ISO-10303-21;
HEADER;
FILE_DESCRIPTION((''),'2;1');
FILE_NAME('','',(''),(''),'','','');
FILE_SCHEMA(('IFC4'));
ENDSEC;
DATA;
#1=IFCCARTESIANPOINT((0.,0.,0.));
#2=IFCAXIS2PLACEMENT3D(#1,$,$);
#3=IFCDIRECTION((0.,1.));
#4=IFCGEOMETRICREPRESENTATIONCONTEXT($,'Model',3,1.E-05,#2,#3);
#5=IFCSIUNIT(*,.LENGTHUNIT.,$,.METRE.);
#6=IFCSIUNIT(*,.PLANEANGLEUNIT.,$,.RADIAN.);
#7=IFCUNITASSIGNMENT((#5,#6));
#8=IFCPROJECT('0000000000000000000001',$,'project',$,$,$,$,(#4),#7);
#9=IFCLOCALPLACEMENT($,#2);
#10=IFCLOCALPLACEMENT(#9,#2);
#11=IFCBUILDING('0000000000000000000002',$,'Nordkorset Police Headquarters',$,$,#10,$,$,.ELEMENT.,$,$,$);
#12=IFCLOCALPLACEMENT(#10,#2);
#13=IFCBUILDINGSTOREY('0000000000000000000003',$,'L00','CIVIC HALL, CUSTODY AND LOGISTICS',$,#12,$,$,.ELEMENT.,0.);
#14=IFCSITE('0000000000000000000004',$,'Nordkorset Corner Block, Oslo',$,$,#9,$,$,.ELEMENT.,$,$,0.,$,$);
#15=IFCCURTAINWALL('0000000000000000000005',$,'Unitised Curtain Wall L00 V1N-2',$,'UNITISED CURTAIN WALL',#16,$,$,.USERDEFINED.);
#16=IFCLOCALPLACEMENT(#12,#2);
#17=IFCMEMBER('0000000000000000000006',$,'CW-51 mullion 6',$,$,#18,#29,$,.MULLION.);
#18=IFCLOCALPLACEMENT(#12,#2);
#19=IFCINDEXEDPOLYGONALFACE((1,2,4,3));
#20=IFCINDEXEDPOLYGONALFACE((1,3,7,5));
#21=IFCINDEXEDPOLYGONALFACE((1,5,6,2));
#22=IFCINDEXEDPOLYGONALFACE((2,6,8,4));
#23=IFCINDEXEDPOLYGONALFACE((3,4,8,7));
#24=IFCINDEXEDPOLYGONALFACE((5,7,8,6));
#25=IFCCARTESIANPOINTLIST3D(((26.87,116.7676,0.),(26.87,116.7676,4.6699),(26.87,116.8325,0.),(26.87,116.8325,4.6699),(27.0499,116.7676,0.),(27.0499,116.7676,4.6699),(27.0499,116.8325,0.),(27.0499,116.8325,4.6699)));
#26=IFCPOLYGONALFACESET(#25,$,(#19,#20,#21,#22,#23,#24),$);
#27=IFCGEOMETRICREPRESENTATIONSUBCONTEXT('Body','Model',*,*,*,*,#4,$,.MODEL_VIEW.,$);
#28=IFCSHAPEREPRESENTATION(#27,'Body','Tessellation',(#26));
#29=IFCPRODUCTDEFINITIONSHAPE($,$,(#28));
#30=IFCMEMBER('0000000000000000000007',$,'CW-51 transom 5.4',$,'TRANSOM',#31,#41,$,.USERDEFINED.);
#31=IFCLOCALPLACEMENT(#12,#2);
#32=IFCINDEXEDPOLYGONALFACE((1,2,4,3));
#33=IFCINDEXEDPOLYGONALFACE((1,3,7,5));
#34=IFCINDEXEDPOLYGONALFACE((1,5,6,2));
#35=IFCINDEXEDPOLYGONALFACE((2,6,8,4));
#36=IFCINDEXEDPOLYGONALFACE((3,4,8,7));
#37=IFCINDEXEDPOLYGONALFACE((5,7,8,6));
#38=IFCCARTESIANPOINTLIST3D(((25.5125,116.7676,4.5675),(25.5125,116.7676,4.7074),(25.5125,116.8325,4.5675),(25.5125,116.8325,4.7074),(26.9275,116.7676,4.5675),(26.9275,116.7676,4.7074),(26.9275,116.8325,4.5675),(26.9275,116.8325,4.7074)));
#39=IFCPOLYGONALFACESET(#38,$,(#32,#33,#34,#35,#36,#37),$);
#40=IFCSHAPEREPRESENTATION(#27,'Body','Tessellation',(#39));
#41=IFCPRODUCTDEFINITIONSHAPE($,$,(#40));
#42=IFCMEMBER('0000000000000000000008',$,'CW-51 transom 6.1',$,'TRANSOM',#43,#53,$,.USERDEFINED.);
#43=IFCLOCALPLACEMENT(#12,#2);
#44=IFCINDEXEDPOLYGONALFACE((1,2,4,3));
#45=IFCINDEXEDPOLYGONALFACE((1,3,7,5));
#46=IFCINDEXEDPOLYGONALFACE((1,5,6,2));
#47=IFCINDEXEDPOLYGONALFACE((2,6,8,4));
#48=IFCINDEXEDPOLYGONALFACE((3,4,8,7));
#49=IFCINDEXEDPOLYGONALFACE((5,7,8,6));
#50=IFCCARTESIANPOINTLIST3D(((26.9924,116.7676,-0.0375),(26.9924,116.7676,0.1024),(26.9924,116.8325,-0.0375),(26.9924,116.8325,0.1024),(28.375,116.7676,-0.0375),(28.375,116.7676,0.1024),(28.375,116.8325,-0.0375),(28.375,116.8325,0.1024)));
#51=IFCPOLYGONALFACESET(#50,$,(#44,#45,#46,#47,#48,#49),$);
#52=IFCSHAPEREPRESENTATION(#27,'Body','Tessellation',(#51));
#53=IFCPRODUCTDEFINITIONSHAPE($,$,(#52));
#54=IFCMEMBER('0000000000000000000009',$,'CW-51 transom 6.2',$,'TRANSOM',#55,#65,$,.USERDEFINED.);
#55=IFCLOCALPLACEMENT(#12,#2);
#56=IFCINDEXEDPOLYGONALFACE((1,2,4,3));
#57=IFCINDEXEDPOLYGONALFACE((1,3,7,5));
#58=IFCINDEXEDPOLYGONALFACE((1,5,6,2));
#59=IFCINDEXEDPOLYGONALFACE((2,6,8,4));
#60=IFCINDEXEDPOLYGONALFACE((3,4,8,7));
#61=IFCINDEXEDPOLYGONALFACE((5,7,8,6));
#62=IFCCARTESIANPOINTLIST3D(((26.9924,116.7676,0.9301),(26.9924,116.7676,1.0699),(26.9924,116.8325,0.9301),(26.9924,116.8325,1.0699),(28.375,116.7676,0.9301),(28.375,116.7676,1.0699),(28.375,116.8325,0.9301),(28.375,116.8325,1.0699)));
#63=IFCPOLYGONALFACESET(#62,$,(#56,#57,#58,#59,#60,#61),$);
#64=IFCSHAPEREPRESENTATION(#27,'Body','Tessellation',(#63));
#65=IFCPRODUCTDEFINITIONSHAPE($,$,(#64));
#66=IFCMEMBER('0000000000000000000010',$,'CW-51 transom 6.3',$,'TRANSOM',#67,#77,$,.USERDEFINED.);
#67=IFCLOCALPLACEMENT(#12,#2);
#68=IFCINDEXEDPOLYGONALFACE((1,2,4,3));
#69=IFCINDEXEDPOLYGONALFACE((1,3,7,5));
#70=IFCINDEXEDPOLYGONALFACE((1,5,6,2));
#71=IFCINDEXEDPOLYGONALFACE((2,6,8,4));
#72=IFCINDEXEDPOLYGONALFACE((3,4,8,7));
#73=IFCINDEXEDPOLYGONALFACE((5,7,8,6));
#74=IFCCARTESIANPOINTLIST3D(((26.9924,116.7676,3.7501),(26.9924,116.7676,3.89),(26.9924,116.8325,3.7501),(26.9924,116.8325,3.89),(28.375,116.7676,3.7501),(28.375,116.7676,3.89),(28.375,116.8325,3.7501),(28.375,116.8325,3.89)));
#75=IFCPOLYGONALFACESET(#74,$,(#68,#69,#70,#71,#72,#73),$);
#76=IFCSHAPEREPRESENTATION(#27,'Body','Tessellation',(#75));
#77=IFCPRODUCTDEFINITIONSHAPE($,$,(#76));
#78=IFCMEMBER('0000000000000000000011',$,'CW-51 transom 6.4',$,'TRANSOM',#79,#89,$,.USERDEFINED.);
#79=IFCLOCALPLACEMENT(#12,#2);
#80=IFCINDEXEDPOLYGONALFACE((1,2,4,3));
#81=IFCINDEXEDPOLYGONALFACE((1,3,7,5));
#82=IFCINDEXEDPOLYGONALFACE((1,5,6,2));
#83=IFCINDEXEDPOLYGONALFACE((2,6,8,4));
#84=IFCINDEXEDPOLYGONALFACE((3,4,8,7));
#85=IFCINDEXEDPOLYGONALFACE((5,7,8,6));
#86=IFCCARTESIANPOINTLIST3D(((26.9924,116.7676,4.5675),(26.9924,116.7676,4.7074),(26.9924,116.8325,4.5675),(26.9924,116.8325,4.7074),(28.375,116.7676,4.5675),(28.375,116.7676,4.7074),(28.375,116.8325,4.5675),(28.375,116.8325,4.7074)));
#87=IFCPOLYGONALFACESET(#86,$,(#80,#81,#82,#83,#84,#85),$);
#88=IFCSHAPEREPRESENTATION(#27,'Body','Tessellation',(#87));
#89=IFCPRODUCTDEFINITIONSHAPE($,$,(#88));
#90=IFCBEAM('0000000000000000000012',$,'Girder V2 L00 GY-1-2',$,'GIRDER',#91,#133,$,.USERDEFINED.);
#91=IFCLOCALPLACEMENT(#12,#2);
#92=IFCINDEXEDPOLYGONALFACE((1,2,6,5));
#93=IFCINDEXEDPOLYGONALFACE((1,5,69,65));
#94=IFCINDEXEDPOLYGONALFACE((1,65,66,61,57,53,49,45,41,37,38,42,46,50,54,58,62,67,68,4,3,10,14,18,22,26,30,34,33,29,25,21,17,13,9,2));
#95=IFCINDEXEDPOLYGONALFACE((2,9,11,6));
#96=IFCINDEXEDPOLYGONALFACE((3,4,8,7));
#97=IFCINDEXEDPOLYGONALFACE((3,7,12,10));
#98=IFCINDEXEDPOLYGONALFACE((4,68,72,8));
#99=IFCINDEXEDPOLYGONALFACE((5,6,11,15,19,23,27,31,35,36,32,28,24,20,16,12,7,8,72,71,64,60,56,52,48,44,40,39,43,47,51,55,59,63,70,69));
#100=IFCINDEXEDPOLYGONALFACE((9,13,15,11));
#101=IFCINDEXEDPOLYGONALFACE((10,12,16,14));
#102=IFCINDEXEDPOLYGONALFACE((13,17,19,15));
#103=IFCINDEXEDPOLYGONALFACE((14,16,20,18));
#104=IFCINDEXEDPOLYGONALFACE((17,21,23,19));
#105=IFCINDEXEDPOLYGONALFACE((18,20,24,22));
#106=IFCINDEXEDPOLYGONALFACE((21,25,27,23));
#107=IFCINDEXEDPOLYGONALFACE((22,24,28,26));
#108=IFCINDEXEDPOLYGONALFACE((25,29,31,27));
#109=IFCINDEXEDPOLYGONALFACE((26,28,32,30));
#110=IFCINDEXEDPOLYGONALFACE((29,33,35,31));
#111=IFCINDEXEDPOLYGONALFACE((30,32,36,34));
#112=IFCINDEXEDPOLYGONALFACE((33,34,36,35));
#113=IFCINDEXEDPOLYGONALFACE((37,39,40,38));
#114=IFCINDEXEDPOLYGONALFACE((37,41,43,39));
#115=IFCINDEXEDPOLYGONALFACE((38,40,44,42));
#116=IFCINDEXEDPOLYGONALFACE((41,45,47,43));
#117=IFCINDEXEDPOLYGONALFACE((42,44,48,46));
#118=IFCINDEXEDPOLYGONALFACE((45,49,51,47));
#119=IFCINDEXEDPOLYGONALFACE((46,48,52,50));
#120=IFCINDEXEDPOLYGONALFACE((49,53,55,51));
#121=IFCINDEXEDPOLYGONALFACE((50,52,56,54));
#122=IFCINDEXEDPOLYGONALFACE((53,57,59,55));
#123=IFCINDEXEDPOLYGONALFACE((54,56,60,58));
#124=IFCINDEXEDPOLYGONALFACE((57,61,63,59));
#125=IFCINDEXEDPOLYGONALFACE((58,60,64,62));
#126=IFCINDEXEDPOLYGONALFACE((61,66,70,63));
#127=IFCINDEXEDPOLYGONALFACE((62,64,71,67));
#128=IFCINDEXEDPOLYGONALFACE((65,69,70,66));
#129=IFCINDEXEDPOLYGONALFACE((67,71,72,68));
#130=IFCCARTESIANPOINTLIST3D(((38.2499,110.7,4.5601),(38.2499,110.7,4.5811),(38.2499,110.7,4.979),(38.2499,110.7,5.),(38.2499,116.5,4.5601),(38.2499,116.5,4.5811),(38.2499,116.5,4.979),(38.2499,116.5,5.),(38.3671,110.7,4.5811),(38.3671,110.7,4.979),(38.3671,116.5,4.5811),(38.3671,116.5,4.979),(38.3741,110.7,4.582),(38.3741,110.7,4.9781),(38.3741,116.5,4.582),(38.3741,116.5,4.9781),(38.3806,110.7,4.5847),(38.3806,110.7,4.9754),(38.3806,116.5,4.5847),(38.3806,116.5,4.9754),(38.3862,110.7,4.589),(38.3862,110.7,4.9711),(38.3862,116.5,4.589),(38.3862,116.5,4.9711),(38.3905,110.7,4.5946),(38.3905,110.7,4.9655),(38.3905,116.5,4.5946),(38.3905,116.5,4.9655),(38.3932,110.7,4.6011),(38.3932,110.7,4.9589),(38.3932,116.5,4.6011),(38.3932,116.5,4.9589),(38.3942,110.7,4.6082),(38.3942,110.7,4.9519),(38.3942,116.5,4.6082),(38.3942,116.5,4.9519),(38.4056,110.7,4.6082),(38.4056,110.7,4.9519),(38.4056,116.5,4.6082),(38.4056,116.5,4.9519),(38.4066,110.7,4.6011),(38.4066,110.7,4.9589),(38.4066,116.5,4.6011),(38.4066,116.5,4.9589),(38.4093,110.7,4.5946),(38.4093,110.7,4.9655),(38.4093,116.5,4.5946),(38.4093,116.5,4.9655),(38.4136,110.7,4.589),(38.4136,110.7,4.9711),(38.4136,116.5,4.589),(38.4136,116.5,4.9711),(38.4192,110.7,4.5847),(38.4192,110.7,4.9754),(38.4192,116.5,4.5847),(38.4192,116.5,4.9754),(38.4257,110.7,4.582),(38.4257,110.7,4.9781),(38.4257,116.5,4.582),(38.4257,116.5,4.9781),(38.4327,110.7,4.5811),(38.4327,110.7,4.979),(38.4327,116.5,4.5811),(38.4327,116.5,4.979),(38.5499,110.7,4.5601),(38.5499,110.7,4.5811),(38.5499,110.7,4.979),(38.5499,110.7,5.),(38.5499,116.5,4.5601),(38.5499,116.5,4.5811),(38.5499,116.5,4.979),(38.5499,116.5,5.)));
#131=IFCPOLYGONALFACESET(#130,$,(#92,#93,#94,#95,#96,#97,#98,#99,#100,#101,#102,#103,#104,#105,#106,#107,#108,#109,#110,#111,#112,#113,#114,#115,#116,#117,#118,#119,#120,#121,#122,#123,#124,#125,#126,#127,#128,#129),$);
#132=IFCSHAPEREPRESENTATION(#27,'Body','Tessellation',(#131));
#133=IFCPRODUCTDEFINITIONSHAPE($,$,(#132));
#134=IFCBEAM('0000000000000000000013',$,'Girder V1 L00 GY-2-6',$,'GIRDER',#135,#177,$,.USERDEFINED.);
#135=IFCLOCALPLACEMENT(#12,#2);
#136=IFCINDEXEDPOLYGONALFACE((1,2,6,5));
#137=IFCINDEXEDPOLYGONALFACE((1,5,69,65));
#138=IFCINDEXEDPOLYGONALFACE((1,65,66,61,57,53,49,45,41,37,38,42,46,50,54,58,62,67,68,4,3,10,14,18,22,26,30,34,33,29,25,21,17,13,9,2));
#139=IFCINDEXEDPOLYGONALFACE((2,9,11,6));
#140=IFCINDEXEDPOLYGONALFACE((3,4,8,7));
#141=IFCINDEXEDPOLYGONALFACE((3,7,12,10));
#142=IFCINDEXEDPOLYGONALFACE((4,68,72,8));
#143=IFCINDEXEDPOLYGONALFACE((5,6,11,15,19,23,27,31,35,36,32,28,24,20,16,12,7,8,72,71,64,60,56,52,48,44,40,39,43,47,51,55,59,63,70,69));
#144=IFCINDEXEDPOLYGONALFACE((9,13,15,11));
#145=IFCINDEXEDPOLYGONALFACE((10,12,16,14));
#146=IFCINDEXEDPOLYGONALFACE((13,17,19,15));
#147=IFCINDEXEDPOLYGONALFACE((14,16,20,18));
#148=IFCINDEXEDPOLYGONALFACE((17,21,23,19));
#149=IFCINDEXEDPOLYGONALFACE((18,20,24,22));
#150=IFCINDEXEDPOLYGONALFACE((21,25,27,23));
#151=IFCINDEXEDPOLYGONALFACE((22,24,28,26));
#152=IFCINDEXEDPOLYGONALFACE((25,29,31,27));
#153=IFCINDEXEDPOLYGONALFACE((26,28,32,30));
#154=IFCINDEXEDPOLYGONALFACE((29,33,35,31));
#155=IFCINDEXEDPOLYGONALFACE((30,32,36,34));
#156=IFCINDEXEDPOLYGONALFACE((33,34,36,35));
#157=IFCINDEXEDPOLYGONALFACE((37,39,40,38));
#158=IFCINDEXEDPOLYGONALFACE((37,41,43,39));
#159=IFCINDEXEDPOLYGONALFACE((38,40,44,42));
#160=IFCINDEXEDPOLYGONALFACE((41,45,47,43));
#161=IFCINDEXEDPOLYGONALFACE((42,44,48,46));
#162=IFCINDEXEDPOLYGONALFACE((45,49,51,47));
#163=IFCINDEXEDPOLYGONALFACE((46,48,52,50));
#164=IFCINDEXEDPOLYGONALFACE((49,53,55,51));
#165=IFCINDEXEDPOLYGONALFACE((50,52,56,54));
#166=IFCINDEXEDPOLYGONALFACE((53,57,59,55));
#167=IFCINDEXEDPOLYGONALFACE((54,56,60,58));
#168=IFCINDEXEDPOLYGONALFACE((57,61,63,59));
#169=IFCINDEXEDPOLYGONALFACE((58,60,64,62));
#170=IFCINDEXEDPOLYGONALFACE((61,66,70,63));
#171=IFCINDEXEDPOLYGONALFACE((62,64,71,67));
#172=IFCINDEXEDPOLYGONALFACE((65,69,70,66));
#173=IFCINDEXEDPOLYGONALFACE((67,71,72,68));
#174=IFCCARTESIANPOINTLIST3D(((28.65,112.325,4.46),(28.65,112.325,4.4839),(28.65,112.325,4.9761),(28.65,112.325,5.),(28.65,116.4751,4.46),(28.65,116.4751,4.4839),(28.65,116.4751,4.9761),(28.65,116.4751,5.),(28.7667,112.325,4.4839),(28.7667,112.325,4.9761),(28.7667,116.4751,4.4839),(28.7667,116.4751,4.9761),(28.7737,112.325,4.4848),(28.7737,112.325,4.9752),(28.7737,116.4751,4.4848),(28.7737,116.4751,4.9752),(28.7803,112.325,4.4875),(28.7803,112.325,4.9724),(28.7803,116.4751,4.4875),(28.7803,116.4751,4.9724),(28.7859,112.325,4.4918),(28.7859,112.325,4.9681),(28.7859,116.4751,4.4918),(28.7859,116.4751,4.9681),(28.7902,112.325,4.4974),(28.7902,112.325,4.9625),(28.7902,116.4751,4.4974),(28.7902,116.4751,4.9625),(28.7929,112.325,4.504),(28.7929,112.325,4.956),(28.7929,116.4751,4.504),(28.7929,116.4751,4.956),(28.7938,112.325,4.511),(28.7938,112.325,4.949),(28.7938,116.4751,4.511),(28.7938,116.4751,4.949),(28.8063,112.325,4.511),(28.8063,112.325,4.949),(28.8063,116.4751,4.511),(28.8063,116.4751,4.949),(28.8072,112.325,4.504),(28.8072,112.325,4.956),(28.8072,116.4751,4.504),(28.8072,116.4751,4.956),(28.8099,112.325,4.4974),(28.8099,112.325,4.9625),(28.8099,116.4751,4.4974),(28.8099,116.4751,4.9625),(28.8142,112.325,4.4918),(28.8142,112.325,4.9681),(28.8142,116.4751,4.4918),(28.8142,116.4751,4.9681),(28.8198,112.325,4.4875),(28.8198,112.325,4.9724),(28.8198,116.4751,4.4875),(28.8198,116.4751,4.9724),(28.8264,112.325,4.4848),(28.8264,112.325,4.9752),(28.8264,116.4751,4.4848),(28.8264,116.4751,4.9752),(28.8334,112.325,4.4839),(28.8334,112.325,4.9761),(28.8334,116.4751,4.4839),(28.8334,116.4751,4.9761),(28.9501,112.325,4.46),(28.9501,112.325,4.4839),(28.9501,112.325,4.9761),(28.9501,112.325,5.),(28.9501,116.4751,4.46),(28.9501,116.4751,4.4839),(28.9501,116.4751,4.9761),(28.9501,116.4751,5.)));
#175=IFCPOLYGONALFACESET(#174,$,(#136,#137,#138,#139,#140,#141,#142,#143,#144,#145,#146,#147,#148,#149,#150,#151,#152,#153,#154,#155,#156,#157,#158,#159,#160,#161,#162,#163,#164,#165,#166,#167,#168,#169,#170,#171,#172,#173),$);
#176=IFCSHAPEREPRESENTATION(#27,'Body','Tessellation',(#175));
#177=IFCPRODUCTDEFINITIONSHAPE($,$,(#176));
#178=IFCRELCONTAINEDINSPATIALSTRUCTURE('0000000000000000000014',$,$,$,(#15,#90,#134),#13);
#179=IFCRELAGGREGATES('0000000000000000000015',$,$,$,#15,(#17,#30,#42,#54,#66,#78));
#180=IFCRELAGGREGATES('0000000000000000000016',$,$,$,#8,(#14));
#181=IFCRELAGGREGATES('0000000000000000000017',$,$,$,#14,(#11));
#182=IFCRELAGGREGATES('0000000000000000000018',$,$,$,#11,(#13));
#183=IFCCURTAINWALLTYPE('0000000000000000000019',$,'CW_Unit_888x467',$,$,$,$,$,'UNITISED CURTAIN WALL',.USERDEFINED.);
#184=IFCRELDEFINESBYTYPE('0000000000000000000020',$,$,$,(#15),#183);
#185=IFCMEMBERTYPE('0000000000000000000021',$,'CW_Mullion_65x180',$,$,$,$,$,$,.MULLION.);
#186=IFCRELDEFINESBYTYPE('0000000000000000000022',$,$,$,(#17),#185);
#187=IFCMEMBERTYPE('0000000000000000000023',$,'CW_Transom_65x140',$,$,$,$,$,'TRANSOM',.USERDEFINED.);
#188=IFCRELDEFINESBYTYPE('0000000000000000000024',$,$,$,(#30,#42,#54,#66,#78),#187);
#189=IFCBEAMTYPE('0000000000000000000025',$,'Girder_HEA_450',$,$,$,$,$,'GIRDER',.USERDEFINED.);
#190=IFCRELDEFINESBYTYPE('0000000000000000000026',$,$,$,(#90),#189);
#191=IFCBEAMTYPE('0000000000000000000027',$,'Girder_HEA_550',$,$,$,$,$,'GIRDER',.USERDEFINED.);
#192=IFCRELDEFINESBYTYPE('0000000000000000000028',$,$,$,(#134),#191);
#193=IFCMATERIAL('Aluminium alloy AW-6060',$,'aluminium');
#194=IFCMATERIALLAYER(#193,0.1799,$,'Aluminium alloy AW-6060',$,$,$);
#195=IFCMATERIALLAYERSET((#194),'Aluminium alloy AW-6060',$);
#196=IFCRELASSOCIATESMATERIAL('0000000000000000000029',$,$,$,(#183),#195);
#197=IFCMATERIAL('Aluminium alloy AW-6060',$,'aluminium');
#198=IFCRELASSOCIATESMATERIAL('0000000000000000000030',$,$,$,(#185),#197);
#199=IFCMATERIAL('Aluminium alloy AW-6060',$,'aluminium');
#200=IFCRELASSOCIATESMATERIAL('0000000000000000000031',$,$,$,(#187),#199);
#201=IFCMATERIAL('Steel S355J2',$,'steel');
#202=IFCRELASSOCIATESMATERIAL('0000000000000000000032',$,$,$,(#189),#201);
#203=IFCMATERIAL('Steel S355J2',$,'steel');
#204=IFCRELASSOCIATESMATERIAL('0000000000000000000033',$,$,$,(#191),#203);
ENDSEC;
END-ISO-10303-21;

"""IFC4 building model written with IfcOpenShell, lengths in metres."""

from ifc_helpers import new_model, si_unit, direction, frame, origin, origin_2d, place, context, subcontext, project, spatial, rectangle, i_section, extrude, material, layer, layer_set, material_profile, profile_set, type_object, element, aggregate, save


model = new_model("IFC4")

# Units and contexts
model_context = context("Model", 3, precision=1e-05, world=origin(), true_north=direction((0.0, 1.0)))
body_context = subcontext(model_context, "Body", "Model", "MODEL_VIEW")
ifc_project = project(units=[si_unit("LENGTHUNIT", "METRE"), si_unit("PLANEANGLEUNIT", "RADIAN")], contexts=[model_context])

# Site, building, storey
site_placement = place(None, origin())
site = spatial("IfcSite", under=ifc_project, at=site_placement, Name="Nordkorset Corner Block, Oslo", CompositionType="ELEMENT", RefElevation=0.0)
building_placement = place(site_placement, origin())
building = spatial("IfcBuilding", under=site, at=building_placement, Name="Nordkorset Police Headquarters", CompositionType="ELEMENT")
storey_placement = place(building_placement, origin())
storey = spatial("IfcBuildingStorey", under=building, at=storey_placement, Name="L00", Description="CIVIC HALL, CUSTODY AND LOGISTICS", CompositionType="ELEMENT", Elevation=0.0)

# Curtain wall, members
ifc_material_1 = material(Name="Aluminium alloy AW-6060", Category="aluminium")
ifc_layer_1 = layer(ifc_material_1, 0.1799, Name="Aluminium alloy AW-6060")
ifc_layer_set_1 = layer_set([ifc_layer_1], Name="Aluminium alloy AW-6060")
curtain_wall_type = type_object("IfcCurtainWallType", Name="CW_Unit_888x467", ElementType="UNITISED CURTAIN WALL", PredefinedType="USERDEFINED", material=ifc_layer_set_1)
curtain_wall_placement = place(storey_placement, origin())
curtain_wall = element("IfcCurtainWall", 1, at=curtain_wall_placement, inside=storey, type_object=curtain_wall_type, Name="Unitised Curtain Wall L00 V1N-2", ObjectType="UNITISED CURTAIN WALL", PredefinedType="USERDEFINED")
ifc_material_2 = material(Name="Aluminium alloy AW-6060", Category="aluminium")
ifc_material_profile_1 = material_profile(ifc_material_2, rectangle(XDim=0.0649, YDim=0.1799, at=origin_2d()), Name="ALU MULL 65x180")
ifc_profile_set_1 = profile_set([ifc_material_profile_1], Name="Aluminium alloy AW-6060")
member_type_1 = type_object("IfcMemberType", Name="CW_Mullion_65x180", PredefinedType="MULLION", material=ifc_profile_set_1)
member_1_placement = place(storey_placement, frame((26.96, 116.8, 0.0), z_axis=(0.0, 0.0, 1.0), x_axis=(0.0, 1.0, 0.0)))
member_1 = element("IfcMember", 2, at=member_1_placement, type_object=member_type_1, Name="CW-51 mullion 6", PredefinedType="MULLION", context=body_context, shape_type="SweptSolid", body=[
    extrude(rectangle(XDim=0.0649, YDim=0.1799, at=origin_2d()), origin(), (0.0, 0.0, 1.0), 4.6699),
])
ifc_material_3 = material(Name="Aluminium alloy AW-6060", Category="aluminium")
ifc_material_profile_2 = material_profile(ifc_material_3, rectangle(XDim=0.0649, YDim=0.1399, at=origin_2d()), Name="ALU TRAN 65x140")
ifc_profile_set_2 = profile_set([ifc_material_profile_2], Name="Aluminium alloy AW-6060")
member_type_2 = type_object("IfcMemberType", Name="CW_Transom_65x140", ElementType="TRANSOM", PredefinedType="USERDEFINED", material=ifc_profile_set_2)
member_2_placement = place(storey_placement, frame((25.5125, 116.8, 4.6375), z_axis=(1.0, 0.0, 0.0), x_axis=(0.0, 1.0, 0.0)))
member_2 = element("IfcMember", 3, at=member_2_placement, type_object=member_type_2, Name="CW-51 transom 5.4", ObjectType="TRANSOM", PredefinedType="USERDEFINED", context=body_context, shape_type="SweptSolid", body=[
    extrude(rectangle(XDim=0.0649, YDim=0.1399, at=origin_2d()), origin(), (0.0, 0.0, 1.0), 1.415),
])
member_3_placement = place(storey_placement, frame((26.9924, 116.8, 0.0325), z_axis=(1.0, 0.0, 0.0), x_axis=(0.0, 1.0, 0.0)))
member_3 = element("IfcMember", 4, at=member_3_placement, type_object=member_type_2, Name="CW-51 transom 6.1", ObjectType="TRANSOM", PredefinedType="USERDEFINED", context=body_context, shape_type="SweptSolid", body=[
    extrude(rectangle(XDim=0.0649, YDim=0.1399, at=origin_2d()), origin(), (0.0, 0.0, 1.0), 1.3826),
])
member_4_placement = place(storey_placement, frame((26.9924, 116.8, 1.0), z_axis=(1.0, 0.0, 0.0), x_axis=(0.0, 1.0, 0.0)))
member_4 = element("IfcMember", 5, at=member_4_placement, type_object=member_type_2, Name="CW-51 transom 6.2", ObjectType="TRANSOM", PredefinedType="USERDEFINED", context=body_context, shape_type="SweptSolid", body=[
    extrude(rectangle(XDim=0.0649, YDim=0.1399, at=origin_2d()), origin(), (0.0, 0.0, 1.0), 1.3826),
])
member_5_placement = place(storey_placement, frame((26.9924, 116.8, 3.8201), z_axis=(1.0, 0.0, 0.0), x_axis=(0.0, 1.0, 0.0)))
member_5 = element("IfcMember", 6, at=member_5_placement, type_object=member_type_2, Name="CW-51 transom 6.3", ObjectType="TRANSOM", PredefinedType="USERDEFINED", context=body_context, shape_type="SweptSolid", body=[
    extrude(rectangle(XDim=0.0649, YDim=0.1399, at=origin_2d()), origin(), (0.0, 0.0, 1.0), 1.3826),
])
member_6_placement = place(storey_placement, frame((26.9924, 116.8, 4.6375), z_axis=(1.0, 0.0, 0.0), x_axis=(0.0, 1.0, 0.0)))
member_6 = element("IfcMember", 7, at=member_6_placement, type_object=member_type_2, Name="CW-51 transom 6.4", ObjectType="TRANSOM", PredefinedType="USERDEFINED", context=body_context, shape_type="SweptSolid", body=[
    extrude(rectangle(XDim=0.0649, YDim=0.1399, at=origin_2d()), origin(), (0.0, 0.0, 1.0), 1.3826),
])

# Beams
ifc_material_4 = material(Name="Steel S355J2", Category="steel")
ifc_material_profile_3 = material_profile(ifc_material_4, i_section(OverallWidth=0.3, OverallDepth=0.4399, WebThickness=0.0115, FlangeThickness=0.021, FilletRadius=0.0271, at=origin_2d()), Name="HEA 450")
ifc_profile_set_3 = profile_set([ifc_material_profile_3], Name="Steel S355J2")
beam_type_1 = type_object("IfcBeamType", Name="Girder_HEA_450", ElementType="GIRDER", PredefinedType="USERDEFINED", material=ifc_profile_set_3)
beam_1_placement = place(storey_placement, frame((38.3999, 110.7, 4.78), z_axis=(0.0, 1.0, 0.0), x_axis=(-1.0, 0.0, 0.0)))
element("IfcBeam", 8, at=beam_1_placement, inside=storey, type_object=beam_type_1, Name="Girder V2 L00 GY-1-2", ObjectType="GIRDER", PredefinedType="USERDEFINED", context=body_context, shape_type="SweptSolid", body=[
    extrude(i_section(OverallWidth=0.3, OverallDepth=0.4399, WebThickness=0.0115, FlangeThickness=0.021, FilletRadius=0.0271, at=origin_2d()), origin(), (0.0, 0.0, 1.0), 5.8),
])
ifc_material_5 = material(Name="Steel S355J2", Category="steel")
ifc_material_profile_4 = material_profile(ifc_material_5, i_section(OverallWidth=0.3, OverallDepth=0.54, WebThickness=0.0125, FlangeThickness=0.0239, FilletRadius=0.0271, at=origin_2d()), Name="HEA 550")
ifc_profile_set_4 = profile_set([ifc_material_profile_4], Name="Steel S355J2")
beam_type_2 = type_object("IfcBeamType", Name="Girder_HEA_550", ElementType="GIRDER", PredefinedType="USERDEFINED", material=ifc_profile_set_4)
beam_2_placement = place(storey_placement, frame((28.8, 112.325, 4.73), z_axis=(0.0, 1.0, 0.0), x_axis=(-1.0, 0.0, 0.0)))
element("IfcBeam", 9, at=beam_2_placement, inside=storey, type_object=beam_type_2, Name="Girder V1 L00 GY-2-6", ObjectType="GIRDER", PredefinedType="USERDEFINED", context=body_context, shape_type="SweptSolid", body=[
    extrude(i_section(OverallWidth=0.3, OverallDepth=0.54, WebThickness=0.0125, FlangeThickness=0.0239, FilletRadius=0.0271, at=origin_2d()), origin(), (0.0, 0.0, 1.0), 4.1501),
])

aggregate(curtain_wall, [member_1, member_2, member_3, member_4, member_5, member_6])

save(model, "model.ifc")
